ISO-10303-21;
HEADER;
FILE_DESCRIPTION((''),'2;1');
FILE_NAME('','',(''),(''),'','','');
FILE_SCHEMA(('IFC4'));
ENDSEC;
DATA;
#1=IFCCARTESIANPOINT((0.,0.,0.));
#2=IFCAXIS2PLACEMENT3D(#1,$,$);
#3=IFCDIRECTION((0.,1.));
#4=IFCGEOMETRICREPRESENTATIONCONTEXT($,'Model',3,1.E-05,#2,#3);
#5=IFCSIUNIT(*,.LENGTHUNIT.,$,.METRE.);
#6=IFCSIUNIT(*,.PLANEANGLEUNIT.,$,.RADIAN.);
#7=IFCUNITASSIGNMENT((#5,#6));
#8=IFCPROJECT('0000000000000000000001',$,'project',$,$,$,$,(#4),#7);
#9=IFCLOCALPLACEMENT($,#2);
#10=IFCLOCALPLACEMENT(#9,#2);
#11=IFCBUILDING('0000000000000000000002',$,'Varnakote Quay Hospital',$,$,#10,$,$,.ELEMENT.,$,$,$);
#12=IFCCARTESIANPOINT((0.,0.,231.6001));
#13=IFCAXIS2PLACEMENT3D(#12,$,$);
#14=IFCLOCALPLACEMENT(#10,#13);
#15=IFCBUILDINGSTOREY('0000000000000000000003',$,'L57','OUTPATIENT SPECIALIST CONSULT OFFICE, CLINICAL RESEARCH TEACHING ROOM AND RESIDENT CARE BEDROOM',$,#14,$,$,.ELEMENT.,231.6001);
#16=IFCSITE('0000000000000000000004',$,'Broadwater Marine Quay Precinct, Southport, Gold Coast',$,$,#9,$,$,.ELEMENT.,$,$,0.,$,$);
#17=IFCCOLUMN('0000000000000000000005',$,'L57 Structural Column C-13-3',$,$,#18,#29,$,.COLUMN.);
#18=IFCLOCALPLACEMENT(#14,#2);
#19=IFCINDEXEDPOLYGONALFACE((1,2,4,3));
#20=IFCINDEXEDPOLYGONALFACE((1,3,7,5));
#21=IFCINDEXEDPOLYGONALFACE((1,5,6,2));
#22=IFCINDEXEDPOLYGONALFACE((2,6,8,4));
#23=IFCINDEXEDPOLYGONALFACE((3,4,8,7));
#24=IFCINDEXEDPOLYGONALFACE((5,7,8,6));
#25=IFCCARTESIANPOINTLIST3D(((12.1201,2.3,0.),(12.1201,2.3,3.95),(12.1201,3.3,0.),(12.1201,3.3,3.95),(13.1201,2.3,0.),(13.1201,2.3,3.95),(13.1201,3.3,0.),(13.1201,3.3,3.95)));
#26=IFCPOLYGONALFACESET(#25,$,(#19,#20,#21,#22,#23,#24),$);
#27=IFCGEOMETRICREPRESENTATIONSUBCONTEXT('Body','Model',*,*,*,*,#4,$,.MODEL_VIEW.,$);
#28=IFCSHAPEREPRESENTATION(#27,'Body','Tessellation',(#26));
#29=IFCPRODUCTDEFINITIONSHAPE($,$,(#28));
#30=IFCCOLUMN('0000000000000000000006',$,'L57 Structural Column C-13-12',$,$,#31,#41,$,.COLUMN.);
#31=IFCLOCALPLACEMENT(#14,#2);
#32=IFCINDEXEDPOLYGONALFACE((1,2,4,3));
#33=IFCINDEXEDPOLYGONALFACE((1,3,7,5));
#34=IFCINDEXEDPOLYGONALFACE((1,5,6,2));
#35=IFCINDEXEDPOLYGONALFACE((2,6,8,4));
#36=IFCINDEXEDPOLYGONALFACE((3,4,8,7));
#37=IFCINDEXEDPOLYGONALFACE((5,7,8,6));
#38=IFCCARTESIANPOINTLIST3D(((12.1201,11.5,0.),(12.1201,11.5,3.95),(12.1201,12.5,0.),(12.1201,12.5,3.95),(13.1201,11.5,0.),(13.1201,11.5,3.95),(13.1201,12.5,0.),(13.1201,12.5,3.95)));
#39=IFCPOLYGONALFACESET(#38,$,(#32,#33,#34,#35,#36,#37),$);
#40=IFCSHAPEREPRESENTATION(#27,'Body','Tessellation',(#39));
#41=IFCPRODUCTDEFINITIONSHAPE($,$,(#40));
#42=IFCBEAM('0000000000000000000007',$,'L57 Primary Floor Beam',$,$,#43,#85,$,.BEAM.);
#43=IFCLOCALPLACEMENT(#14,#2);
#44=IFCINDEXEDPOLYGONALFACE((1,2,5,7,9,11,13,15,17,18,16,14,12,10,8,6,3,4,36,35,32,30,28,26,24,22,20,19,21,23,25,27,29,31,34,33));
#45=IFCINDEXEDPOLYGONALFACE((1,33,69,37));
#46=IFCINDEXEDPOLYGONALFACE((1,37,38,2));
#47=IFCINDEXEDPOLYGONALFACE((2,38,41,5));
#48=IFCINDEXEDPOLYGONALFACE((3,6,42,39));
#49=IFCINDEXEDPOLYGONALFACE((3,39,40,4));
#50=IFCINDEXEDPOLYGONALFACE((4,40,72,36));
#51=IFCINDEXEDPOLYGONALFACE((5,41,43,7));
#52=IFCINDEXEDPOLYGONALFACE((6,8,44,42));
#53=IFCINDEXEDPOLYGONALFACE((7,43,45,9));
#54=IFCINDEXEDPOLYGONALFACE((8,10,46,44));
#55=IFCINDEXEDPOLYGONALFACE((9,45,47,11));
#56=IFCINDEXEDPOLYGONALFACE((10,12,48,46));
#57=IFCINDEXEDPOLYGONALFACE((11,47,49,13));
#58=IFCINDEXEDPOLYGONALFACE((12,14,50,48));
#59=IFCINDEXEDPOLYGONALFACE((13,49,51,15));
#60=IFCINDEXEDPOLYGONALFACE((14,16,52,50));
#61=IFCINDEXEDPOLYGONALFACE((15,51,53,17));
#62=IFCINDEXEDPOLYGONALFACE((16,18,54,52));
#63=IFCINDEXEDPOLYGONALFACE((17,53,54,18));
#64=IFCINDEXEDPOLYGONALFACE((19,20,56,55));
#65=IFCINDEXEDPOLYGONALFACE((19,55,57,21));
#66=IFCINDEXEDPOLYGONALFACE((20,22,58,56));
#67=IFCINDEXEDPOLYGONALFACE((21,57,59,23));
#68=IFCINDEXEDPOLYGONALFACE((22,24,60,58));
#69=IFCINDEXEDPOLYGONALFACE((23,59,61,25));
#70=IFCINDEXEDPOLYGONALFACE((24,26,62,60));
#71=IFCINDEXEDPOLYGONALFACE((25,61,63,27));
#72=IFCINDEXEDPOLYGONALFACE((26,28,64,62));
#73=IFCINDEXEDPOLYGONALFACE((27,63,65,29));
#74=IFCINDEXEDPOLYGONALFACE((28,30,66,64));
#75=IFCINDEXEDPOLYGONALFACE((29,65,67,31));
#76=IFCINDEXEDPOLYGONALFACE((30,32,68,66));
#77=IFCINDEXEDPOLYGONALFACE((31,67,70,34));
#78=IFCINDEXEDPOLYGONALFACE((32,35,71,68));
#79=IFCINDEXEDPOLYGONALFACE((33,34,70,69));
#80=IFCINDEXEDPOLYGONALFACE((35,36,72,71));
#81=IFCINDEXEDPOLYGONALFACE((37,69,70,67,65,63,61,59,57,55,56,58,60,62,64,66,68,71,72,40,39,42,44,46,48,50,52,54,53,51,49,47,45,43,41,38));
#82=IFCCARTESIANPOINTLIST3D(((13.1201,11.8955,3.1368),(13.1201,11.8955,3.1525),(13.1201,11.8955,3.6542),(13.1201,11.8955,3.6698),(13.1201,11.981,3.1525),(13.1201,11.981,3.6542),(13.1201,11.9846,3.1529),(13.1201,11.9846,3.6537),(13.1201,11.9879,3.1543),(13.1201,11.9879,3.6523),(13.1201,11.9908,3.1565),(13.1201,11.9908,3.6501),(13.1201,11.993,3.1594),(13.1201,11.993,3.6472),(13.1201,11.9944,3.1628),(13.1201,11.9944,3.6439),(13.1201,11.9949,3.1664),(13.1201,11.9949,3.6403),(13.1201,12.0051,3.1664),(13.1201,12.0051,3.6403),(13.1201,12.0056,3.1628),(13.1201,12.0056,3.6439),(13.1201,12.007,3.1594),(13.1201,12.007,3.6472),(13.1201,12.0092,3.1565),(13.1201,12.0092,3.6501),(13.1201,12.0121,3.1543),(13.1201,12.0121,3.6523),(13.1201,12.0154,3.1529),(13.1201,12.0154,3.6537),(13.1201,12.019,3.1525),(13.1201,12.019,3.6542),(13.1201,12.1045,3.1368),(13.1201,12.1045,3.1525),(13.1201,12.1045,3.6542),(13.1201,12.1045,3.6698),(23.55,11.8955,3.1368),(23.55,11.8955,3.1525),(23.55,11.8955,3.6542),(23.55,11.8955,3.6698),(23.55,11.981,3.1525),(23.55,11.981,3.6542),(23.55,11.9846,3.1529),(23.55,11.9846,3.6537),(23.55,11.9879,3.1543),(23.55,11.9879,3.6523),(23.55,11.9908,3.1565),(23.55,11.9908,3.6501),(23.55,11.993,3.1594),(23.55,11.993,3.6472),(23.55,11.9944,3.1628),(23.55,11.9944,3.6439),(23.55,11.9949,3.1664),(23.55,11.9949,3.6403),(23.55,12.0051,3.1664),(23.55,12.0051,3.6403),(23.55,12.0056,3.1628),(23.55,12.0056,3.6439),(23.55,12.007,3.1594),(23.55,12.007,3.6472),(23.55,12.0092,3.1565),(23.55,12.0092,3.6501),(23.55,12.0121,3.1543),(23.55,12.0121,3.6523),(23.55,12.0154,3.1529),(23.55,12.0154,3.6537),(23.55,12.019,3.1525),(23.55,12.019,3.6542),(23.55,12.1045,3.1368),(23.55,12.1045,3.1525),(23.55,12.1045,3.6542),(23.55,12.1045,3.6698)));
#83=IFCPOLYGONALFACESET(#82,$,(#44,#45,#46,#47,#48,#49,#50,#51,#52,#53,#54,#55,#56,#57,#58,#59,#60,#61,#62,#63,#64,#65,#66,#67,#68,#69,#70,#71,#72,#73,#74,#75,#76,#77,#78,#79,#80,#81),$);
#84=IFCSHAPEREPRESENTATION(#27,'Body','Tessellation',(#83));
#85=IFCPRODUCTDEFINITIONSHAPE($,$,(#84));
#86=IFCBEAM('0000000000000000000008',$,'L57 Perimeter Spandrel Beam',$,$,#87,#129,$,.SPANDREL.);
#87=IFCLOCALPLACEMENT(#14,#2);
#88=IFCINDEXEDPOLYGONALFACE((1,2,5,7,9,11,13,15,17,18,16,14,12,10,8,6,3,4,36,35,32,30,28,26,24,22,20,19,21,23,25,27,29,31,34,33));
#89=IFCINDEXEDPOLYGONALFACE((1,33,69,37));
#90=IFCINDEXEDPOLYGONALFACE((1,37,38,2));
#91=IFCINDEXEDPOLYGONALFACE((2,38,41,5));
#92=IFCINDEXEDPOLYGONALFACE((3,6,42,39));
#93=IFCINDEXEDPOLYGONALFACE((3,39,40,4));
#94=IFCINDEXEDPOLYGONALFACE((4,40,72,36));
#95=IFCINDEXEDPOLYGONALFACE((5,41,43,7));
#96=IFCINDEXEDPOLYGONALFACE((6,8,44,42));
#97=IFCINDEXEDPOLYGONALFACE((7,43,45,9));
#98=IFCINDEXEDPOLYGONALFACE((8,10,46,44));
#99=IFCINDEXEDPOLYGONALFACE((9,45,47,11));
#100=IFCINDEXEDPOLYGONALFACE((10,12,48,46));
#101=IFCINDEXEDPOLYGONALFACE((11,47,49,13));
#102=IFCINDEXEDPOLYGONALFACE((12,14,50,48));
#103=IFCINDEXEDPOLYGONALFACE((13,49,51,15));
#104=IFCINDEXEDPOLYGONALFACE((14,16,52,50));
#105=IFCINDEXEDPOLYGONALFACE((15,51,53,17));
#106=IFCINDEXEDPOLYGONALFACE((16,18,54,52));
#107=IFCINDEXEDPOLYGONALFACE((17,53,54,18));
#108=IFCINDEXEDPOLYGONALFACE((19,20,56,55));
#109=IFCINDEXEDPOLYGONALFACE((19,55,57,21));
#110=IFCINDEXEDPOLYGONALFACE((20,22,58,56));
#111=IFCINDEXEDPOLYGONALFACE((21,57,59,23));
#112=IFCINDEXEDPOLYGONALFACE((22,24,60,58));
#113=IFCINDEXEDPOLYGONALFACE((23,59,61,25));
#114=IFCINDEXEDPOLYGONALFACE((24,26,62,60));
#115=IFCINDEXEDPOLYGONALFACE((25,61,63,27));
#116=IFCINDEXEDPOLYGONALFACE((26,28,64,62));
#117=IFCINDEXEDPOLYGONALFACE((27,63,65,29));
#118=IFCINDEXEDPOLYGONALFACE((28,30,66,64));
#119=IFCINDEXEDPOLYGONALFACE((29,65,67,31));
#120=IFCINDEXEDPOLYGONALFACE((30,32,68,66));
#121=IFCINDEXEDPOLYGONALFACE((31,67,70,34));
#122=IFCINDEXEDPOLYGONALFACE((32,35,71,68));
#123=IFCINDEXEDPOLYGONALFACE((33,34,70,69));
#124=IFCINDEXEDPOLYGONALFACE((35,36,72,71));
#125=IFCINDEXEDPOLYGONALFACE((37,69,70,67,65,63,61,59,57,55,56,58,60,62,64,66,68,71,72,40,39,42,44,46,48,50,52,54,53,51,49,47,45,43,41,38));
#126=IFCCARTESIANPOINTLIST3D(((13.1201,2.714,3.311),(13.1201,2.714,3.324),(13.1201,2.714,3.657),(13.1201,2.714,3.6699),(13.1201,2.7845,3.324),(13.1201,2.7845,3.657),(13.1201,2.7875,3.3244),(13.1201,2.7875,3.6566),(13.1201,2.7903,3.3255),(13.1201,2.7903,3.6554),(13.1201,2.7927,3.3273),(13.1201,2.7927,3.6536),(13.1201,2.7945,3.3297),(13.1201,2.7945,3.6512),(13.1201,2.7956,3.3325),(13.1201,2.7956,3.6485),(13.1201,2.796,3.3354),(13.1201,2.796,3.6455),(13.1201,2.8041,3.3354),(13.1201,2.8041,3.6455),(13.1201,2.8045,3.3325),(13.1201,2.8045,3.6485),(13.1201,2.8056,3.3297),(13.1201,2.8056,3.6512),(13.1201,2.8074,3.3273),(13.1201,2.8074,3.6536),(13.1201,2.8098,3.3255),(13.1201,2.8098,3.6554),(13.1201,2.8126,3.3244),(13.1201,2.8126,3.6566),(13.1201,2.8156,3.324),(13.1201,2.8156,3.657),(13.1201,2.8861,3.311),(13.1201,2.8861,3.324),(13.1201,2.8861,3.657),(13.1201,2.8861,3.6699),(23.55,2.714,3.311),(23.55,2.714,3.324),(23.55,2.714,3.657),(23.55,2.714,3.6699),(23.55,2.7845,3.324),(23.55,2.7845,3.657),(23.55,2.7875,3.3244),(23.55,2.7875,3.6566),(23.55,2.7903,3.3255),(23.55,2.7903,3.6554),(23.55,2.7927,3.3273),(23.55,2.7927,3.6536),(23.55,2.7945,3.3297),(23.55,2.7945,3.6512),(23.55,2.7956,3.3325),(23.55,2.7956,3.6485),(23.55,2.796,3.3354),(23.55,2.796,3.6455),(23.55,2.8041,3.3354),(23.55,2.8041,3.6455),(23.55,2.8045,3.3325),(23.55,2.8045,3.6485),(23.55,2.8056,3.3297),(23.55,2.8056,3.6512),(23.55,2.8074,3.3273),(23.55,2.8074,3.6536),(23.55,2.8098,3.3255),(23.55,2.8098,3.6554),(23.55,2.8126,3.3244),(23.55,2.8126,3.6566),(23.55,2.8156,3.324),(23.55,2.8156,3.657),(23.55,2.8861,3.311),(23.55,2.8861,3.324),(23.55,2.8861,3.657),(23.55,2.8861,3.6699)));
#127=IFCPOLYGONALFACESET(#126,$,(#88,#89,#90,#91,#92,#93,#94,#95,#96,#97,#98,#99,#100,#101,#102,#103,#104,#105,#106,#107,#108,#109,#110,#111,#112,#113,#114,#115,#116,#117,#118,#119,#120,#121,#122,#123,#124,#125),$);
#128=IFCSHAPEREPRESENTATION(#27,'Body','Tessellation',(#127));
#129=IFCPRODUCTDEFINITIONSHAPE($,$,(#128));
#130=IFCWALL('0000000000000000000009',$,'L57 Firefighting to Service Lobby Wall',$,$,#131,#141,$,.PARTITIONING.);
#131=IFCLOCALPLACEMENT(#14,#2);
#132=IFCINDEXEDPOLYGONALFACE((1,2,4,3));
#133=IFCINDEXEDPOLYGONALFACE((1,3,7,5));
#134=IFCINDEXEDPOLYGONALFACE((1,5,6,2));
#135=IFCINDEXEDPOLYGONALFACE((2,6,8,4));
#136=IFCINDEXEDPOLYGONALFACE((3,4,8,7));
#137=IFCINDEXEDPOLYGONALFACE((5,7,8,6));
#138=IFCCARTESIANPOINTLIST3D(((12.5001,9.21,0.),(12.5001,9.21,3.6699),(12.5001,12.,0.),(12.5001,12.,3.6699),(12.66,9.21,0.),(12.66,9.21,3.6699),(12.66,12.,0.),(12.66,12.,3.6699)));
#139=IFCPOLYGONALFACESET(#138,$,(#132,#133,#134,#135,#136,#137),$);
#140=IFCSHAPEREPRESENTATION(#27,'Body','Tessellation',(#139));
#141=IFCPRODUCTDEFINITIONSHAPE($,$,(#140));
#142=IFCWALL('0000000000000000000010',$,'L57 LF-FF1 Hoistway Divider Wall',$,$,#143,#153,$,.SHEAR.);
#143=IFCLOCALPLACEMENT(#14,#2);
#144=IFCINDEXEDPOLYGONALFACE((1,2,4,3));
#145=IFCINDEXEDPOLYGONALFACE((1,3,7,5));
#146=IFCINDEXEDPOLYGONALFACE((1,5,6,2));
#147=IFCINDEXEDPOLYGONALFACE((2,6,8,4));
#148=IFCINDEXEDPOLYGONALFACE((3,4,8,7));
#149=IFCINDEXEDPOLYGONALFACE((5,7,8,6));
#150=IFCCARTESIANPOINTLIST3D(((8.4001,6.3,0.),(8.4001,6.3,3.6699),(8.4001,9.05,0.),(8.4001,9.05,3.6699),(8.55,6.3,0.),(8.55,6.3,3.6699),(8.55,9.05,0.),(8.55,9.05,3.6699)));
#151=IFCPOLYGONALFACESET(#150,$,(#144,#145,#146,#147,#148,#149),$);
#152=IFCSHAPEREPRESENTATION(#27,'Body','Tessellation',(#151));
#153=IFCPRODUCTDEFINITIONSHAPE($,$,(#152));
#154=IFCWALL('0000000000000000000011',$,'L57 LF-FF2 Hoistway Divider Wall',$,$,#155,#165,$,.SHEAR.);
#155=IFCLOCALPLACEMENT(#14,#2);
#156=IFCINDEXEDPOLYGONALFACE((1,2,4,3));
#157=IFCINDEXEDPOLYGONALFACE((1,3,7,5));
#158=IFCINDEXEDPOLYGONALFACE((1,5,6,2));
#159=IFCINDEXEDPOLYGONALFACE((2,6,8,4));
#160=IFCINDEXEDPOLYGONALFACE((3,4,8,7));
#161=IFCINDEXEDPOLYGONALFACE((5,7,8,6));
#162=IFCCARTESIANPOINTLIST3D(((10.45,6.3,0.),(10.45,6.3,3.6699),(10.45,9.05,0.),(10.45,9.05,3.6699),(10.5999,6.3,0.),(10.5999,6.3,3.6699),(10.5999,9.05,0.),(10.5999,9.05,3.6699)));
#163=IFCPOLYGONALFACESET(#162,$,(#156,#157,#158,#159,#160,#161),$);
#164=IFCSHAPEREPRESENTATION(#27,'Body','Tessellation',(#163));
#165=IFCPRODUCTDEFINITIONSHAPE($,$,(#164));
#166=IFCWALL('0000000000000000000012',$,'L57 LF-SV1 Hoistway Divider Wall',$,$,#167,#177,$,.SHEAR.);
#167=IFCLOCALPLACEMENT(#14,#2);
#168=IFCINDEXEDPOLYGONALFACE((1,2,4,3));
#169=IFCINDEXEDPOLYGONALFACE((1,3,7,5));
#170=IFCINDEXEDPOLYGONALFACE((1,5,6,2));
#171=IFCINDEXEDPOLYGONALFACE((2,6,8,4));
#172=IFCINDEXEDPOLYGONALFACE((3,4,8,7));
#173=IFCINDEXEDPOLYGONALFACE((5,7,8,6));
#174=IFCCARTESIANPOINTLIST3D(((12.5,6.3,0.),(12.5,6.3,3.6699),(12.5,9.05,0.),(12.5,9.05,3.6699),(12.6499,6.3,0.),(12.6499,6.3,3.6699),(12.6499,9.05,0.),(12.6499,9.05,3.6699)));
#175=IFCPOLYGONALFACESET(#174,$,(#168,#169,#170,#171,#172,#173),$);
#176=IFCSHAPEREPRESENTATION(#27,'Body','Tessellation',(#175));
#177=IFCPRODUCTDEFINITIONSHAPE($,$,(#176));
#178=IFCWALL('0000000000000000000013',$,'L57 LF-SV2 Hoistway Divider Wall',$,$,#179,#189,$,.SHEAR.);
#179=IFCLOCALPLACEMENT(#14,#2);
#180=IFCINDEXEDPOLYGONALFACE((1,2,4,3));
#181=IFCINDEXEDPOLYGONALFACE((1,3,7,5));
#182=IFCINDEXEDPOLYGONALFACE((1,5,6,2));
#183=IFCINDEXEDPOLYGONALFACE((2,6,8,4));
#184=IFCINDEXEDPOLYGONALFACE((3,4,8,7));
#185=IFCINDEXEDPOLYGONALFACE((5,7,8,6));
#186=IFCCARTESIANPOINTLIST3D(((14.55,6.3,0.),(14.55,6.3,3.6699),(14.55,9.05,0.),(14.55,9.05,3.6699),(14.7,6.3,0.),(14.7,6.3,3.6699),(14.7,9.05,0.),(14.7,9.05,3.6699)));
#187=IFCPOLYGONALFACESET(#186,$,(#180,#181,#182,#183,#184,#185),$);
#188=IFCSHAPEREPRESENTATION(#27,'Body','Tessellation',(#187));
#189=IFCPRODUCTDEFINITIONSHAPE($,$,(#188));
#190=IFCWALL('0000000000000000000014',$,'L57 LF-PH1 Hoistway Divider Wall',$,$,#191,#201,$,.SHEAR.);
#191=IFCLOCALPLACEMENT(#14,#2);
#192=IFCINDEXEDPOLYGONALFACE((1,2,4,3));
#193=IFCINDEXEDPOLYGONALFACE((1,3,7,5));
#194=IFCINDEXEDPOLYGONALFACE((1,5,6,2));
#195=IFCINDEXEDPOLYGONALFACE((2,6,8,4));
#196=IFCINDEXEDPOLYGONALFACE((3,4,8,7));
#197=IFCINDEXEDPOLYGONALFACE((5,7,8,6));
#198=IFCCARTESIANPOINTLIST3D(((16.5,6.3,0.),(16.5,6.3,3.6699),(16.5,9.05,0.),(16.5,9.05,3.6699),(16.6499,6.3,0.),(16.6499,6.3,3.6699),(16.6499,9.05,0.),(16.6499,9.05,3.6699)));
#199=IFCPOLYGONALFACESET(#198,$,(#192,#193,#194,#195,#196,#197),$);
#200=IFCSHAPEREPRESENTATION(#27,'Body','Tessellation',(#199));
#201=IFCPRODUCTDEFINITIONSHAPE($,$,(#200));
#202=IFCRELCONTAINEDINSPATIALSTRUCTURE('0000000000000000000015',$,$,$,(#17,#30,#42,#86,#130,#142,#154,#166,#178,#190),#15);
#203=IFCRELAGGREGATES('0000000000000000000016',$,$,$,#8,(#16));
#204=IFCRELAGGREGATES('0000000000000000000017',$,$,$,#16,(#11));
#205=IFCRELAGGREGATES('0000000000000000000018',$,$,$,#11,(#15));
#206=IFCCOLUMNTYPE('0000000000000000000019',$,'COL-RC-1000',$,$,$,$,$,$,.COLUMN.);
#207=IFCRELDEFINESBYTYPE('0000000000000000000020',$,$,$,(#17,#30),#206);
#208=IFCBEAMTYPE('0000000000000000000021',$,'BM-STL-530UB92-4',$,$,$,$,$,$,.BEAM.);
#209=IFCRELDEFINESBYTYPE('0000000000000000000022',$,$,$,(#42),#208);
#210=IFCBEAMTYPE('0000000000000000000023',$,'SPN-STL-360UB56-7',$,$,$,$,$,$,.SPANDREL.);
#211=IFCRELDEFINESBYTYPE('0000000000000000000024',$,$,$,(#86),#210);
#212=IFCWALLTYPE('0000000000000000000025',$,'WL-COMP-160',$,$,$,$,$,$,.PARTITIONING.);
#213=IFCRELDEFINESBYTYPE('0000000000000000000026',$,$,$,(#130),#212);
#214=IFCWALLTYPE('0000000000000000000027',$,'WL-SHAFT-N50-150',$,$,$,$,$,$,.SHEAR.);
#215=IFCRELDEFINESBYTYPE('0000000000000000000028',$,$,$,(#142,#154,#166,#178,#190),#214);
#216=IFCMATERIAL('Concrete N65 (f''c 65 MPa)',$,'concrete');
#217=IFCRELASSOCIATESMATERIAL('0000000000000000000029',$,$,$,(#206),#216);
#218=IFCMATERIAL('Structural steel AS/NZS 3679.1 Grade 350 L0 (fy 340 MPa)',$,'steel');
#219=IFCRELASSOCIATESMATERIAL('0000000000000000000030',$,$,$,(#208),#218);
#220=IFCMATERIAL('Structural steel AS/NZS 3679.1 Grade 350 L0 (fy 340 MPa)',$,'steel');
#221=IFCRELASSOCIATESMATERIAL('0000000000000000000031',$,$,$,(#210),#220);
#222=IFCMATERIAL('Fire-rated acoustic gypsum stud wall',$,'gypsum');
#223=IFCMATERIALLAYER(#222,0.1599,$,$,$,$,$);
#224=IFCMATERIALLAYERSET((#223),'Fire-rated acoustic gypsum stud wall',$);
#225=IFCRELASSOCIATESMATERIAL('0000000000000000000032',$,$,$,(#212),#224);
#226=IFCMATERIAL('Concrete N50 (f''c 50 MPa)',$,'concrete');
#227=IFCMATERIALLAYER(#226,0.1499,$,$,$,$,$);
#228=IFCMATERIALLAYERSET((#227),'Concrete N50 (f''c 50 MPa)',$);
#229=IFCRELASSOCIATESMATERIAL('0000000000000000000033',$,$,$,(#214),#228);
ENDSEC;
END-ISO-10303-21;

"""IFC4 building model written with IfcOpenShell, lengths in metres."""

from ifc_helpers import new_model, si_unit, direction, frame, frame_2d, origin, origin_2d, place, context, subcontext, project, spatial, rectangle, i_section, extrude, material, layer, layer_set, material_profile, profile_set, type_object, element, save


model = new_model("IFC4")

# Units and contexts
model_context = context("Model", 3, precision=1e-05, world=origin(), true_north=direction((0.0, 1.0)))
body_context = subcontext(model_context, "Body", "Model", "MODEL_VIEW")
ifc_project = project(units=[si_unit("LENGTHUNIT", "METRE"), si_unit("PLANEANGLEUNIT", "RADIAN")], contexts=[model_context])

# Site, building, storey
site_placement = place(None, origin())
site = spatial("IfcSite", under=ifc_project, at=site_placement, Name="Broadwater Marine Quay Precinct, Southport, Gold Coast", CompositionType="ELEMENT", RefElevation=0.0)
building_placement = place(site_placement, origin())
building = spatial("IfcBuilding", under=site, at=building_placement, Name="Varnakote Quay Hospital", CompositionType="ELEMENT")
storey_placement = place(building_placement, frame((0.0, 0.0, 231.6001)))
storey = spatial("IfcBuildingStorey", under=building, at=storey_placement, Name="L57", Description="OUTPATIENT SPECIALIST CONSULT OFFICE, CLINICAL RESEARCH TEACHING ROOM AND RESIDENT CARE BEDROOM", CompositionType="ELEMENT", Elevation=231.6001)

# Columns
ifc_material_1 = material(Name="Concrete N65 (f'c 65 MPa)", Category="concrete")
ifc_material_profile_1 = material_profile(ifc_material_1, rectangle(XDim=1.0, YDim=1.0, at=origin_2d()), Name="RC-COL-1000x1000")
ifc_profile_set_1 = profile_set([ifc_material_profile_1], Name="Concrete N65 (f'c 65 MPa)")
column_type = type_object("IfcColumnType", Name="COL-RC-1000", PredefinedType="COLUMN", material=ifc_profile_set_1)
for number, where, z_axis, x_axis, name in (
    (1, (12.6201, 2.8, 0.0), (0.0, 0.0, 1.0), (1.0, 0.0, 0.0), "L57 Structural Column C-13-3"),
    (2, (12.6201, 12.0, 0.0), (0.0, 0.0, 1.0), (1.0, 0.0, 0.0), "L57 Structural Column C-13-12"),
):
    element("IfcColumn", number, at=place(storey_placement, frame(where, z_axis=z_axis, x_axis=x_axis)), inside=storey, type_object=column_type, Name=name, PredefinedType="COLUMN", context=body_context, shape_type="SweptSolid", body=[
        extrude(rectangle(XDim=1.0, YDim=1.0, at=origin_2d()), origin(), (0.0, 0.0, 1.0), 3.95),
    ])

# Beams
ifc_material_2 = material(Name="Structural steel AS/NZS 3679.1 Grade 350 L0 (fy 340 MPa)", Category="steel")
ifc_material_profile_2 = material_profile(ifc_material_2, i_section(OverallWidth=0.209, OverallDepth=0.533, WebThickness=0.0103, FlangeThickness=0.0156, FilletRadius=0.0139, at=origin_2d()), Name="530UB92.4")
ifc_profile_set_2 = profile_set([ifc_material_profile_2], Name="Structural steel AS/NZS 3679.1 Grade 350 L0 (fy 340 MPa)")
beam_type_1 = type_object("IfcBeamType", Name="BM-STL-530UB92-4", PredefinedType="BEAM", material=ifc_profile_set_2)
beam_1_placement = place(storey_placement, frame((13.1201, 12.0, 3.4033), z_axis=(1.0, 0.0, 0.0), x_axis=(0.0, 1.0, 0.0)))
element("IfcBeam", 3, at=beam_1_placement, inside=storey, type_object=beam_type_1, Name="L57 Primary Floor Beam", PredefinedType="BEAM", context=body_context, shape_type="SweptSolid", body=[
    extrude(i_section(OverallWidth=0.209, OverallDepth=0.533, WebThickness=0.0103, FlangeThickness=0.0156, FilletRadius=0.0139, at=origin_2d()), origin(), (0.0, 0.0, 1.0), 10.4299),
])
ifc_material_3 = material(Name="Structural steel AS/NZS 3679.1 Grade 350 L0 (fy 340 MPa)", Category="steel")
ifc_material_profile_3 = material_profile(ifc_material_3, i_section(OverallWidth=0.1721, OverallDepth=0.3589, WebThickness=0.0081, FlangeThickness=0.0129, FilletRadius=0.0115, at=origin_2d()), Name="360UB56.7")
ifc_profile_set_3 = profile_set([ifc_material_profile_3], Name="Structural steel AS/NZS 3679.1 Grade 350 L0 (fy 340 MPa)")
beam_type_2 = type_object("IfcBeamType", Name="SPN-STL-360UB56-7", PredefinedType="SPANDREL", material=ifc_profile_set_3)
beam_2_placement = place(storey_placement, frame((13.1201, 2.8, 3.4905), z_axis=(1.0, 0.0, 0.0), x_axis=(0.0, 1.0, 0.0)))
element("IfcBeam", 4, at=beam_2_placement, inside=storey, type_object=beam_type_2, Name="L57 Perimeter Spandrel Beam", PredefinedType="SPANDREL", context=body_context, shape_type="SweptSolid", body=[
    extrude(i_section(OverallWidth=0.1721, OverallDepth=0.3589, WebThickness=0.0081, FlangeThickness=0.0129, FilletRadius=0.0115, at=origin_2d()), origin(), (0.0, 0.0, 1.0), 10.4299),
])

# Walls
ifc_material_4 = material(Name="Fire-rated acoustic gypsum stud wall", Category="gypsum")
ifc_layer_1 = layer(ifc_material_4, 0.1599)
ifc_layer_set_1 = layer_set([ifc_layer_1], Name="Fire-rated acoustic gypsum stud wall")
wall_type_1 = type_object("IfcWallType", Name="WL-COMP-160", PredefinedType="PARTITIONING", material=ifc_layer_set_1)
wall_1_placement = place(storey_placement, frame((12.5801, 9.21, 0.0), z_axis=(0.0, 0.0, 1.0), x_axis=(0.0, 1.0, 0.0)))
element("IfcWall", 5, at=wall_1_placement, inside=storey, type_object=wall_type_1, Name="L57 Firefighting to Service Lobby Wall", PredefinedType="PARTITIONING", context=body_context, shape_type="SweptSolid", body=[
    extrude(rectangle(XDim=2.79, YDim=0.1599, at=frame_2d((1.395, 0.0))), origin(), (0.0, 0.0, 1.0), 3.6699),
])
ifc_material_5 = material(Name="Concrete N50 (f'c 50 MPa)", Category="concrete")
ifc_layer_2 = layer(ifc_material_5, 0.1499)
ifc_layer_set_2 = layer_set([ifc_layer_2], Name="Concrete N50 (f'c 50 MPa)")
wall_type_2 = type_object("IfcWallType", Name="WL-SHAFT-N50-150", PredefinedType="SHEAR", material=ifc_layer_set_2)
for number, where, z_axis, x_axis, name in (
    (6, (8.4751, 6.3, 0.0), (0.0, 0.0, 1.0), (0.0, 1.0, 0.0), "L57 LF-FF1 Hoistway Divider Wall"),
    (7, (10.5249, 6.3, 0.0), (0.0, 0.0, 1.0), (0.0, 1.0, 0.0), "L57 LF-FF2 Hoistway Divider Wall"),
    (8, (12.575, 6.3, 0.0), (0.0, 0.0, 1.0), (0.0, 1.0, 0.0), "L57 LF-SV1 Hoistway Divider Wall"),
    (9, (14.625, 6.3, 0.0), (0.0, 0.0, 1.0), (0.0, 1.0, 0.0), "L57 LF-SV2 Hoistway Divider Wall"),
    (10, (16.575, 6.3, 0.0), (0.0, 0.0, 1.0), (0.0, 1.0, 0.0), "L57 LF-PH1 Hoistway Divider Wall"),
):
    element("IfcWall", number, at=place(storey_placement, frame(where, z_axis=z_axis, x_axis=x_axis)), inside=storey, type_object=wall_type_2, Name=name, PredefinedType="SHEAR", context=body_context, shape_type="SweptSolid", body=[
        extrude(rectangle(XDim=2.75, YDim=0.1499, at=frame_2d((1.375, 0.0))), origin(), (0.0, 0.0, 1.0), 3.6699),
    ])

save(model, "model.ifc")
